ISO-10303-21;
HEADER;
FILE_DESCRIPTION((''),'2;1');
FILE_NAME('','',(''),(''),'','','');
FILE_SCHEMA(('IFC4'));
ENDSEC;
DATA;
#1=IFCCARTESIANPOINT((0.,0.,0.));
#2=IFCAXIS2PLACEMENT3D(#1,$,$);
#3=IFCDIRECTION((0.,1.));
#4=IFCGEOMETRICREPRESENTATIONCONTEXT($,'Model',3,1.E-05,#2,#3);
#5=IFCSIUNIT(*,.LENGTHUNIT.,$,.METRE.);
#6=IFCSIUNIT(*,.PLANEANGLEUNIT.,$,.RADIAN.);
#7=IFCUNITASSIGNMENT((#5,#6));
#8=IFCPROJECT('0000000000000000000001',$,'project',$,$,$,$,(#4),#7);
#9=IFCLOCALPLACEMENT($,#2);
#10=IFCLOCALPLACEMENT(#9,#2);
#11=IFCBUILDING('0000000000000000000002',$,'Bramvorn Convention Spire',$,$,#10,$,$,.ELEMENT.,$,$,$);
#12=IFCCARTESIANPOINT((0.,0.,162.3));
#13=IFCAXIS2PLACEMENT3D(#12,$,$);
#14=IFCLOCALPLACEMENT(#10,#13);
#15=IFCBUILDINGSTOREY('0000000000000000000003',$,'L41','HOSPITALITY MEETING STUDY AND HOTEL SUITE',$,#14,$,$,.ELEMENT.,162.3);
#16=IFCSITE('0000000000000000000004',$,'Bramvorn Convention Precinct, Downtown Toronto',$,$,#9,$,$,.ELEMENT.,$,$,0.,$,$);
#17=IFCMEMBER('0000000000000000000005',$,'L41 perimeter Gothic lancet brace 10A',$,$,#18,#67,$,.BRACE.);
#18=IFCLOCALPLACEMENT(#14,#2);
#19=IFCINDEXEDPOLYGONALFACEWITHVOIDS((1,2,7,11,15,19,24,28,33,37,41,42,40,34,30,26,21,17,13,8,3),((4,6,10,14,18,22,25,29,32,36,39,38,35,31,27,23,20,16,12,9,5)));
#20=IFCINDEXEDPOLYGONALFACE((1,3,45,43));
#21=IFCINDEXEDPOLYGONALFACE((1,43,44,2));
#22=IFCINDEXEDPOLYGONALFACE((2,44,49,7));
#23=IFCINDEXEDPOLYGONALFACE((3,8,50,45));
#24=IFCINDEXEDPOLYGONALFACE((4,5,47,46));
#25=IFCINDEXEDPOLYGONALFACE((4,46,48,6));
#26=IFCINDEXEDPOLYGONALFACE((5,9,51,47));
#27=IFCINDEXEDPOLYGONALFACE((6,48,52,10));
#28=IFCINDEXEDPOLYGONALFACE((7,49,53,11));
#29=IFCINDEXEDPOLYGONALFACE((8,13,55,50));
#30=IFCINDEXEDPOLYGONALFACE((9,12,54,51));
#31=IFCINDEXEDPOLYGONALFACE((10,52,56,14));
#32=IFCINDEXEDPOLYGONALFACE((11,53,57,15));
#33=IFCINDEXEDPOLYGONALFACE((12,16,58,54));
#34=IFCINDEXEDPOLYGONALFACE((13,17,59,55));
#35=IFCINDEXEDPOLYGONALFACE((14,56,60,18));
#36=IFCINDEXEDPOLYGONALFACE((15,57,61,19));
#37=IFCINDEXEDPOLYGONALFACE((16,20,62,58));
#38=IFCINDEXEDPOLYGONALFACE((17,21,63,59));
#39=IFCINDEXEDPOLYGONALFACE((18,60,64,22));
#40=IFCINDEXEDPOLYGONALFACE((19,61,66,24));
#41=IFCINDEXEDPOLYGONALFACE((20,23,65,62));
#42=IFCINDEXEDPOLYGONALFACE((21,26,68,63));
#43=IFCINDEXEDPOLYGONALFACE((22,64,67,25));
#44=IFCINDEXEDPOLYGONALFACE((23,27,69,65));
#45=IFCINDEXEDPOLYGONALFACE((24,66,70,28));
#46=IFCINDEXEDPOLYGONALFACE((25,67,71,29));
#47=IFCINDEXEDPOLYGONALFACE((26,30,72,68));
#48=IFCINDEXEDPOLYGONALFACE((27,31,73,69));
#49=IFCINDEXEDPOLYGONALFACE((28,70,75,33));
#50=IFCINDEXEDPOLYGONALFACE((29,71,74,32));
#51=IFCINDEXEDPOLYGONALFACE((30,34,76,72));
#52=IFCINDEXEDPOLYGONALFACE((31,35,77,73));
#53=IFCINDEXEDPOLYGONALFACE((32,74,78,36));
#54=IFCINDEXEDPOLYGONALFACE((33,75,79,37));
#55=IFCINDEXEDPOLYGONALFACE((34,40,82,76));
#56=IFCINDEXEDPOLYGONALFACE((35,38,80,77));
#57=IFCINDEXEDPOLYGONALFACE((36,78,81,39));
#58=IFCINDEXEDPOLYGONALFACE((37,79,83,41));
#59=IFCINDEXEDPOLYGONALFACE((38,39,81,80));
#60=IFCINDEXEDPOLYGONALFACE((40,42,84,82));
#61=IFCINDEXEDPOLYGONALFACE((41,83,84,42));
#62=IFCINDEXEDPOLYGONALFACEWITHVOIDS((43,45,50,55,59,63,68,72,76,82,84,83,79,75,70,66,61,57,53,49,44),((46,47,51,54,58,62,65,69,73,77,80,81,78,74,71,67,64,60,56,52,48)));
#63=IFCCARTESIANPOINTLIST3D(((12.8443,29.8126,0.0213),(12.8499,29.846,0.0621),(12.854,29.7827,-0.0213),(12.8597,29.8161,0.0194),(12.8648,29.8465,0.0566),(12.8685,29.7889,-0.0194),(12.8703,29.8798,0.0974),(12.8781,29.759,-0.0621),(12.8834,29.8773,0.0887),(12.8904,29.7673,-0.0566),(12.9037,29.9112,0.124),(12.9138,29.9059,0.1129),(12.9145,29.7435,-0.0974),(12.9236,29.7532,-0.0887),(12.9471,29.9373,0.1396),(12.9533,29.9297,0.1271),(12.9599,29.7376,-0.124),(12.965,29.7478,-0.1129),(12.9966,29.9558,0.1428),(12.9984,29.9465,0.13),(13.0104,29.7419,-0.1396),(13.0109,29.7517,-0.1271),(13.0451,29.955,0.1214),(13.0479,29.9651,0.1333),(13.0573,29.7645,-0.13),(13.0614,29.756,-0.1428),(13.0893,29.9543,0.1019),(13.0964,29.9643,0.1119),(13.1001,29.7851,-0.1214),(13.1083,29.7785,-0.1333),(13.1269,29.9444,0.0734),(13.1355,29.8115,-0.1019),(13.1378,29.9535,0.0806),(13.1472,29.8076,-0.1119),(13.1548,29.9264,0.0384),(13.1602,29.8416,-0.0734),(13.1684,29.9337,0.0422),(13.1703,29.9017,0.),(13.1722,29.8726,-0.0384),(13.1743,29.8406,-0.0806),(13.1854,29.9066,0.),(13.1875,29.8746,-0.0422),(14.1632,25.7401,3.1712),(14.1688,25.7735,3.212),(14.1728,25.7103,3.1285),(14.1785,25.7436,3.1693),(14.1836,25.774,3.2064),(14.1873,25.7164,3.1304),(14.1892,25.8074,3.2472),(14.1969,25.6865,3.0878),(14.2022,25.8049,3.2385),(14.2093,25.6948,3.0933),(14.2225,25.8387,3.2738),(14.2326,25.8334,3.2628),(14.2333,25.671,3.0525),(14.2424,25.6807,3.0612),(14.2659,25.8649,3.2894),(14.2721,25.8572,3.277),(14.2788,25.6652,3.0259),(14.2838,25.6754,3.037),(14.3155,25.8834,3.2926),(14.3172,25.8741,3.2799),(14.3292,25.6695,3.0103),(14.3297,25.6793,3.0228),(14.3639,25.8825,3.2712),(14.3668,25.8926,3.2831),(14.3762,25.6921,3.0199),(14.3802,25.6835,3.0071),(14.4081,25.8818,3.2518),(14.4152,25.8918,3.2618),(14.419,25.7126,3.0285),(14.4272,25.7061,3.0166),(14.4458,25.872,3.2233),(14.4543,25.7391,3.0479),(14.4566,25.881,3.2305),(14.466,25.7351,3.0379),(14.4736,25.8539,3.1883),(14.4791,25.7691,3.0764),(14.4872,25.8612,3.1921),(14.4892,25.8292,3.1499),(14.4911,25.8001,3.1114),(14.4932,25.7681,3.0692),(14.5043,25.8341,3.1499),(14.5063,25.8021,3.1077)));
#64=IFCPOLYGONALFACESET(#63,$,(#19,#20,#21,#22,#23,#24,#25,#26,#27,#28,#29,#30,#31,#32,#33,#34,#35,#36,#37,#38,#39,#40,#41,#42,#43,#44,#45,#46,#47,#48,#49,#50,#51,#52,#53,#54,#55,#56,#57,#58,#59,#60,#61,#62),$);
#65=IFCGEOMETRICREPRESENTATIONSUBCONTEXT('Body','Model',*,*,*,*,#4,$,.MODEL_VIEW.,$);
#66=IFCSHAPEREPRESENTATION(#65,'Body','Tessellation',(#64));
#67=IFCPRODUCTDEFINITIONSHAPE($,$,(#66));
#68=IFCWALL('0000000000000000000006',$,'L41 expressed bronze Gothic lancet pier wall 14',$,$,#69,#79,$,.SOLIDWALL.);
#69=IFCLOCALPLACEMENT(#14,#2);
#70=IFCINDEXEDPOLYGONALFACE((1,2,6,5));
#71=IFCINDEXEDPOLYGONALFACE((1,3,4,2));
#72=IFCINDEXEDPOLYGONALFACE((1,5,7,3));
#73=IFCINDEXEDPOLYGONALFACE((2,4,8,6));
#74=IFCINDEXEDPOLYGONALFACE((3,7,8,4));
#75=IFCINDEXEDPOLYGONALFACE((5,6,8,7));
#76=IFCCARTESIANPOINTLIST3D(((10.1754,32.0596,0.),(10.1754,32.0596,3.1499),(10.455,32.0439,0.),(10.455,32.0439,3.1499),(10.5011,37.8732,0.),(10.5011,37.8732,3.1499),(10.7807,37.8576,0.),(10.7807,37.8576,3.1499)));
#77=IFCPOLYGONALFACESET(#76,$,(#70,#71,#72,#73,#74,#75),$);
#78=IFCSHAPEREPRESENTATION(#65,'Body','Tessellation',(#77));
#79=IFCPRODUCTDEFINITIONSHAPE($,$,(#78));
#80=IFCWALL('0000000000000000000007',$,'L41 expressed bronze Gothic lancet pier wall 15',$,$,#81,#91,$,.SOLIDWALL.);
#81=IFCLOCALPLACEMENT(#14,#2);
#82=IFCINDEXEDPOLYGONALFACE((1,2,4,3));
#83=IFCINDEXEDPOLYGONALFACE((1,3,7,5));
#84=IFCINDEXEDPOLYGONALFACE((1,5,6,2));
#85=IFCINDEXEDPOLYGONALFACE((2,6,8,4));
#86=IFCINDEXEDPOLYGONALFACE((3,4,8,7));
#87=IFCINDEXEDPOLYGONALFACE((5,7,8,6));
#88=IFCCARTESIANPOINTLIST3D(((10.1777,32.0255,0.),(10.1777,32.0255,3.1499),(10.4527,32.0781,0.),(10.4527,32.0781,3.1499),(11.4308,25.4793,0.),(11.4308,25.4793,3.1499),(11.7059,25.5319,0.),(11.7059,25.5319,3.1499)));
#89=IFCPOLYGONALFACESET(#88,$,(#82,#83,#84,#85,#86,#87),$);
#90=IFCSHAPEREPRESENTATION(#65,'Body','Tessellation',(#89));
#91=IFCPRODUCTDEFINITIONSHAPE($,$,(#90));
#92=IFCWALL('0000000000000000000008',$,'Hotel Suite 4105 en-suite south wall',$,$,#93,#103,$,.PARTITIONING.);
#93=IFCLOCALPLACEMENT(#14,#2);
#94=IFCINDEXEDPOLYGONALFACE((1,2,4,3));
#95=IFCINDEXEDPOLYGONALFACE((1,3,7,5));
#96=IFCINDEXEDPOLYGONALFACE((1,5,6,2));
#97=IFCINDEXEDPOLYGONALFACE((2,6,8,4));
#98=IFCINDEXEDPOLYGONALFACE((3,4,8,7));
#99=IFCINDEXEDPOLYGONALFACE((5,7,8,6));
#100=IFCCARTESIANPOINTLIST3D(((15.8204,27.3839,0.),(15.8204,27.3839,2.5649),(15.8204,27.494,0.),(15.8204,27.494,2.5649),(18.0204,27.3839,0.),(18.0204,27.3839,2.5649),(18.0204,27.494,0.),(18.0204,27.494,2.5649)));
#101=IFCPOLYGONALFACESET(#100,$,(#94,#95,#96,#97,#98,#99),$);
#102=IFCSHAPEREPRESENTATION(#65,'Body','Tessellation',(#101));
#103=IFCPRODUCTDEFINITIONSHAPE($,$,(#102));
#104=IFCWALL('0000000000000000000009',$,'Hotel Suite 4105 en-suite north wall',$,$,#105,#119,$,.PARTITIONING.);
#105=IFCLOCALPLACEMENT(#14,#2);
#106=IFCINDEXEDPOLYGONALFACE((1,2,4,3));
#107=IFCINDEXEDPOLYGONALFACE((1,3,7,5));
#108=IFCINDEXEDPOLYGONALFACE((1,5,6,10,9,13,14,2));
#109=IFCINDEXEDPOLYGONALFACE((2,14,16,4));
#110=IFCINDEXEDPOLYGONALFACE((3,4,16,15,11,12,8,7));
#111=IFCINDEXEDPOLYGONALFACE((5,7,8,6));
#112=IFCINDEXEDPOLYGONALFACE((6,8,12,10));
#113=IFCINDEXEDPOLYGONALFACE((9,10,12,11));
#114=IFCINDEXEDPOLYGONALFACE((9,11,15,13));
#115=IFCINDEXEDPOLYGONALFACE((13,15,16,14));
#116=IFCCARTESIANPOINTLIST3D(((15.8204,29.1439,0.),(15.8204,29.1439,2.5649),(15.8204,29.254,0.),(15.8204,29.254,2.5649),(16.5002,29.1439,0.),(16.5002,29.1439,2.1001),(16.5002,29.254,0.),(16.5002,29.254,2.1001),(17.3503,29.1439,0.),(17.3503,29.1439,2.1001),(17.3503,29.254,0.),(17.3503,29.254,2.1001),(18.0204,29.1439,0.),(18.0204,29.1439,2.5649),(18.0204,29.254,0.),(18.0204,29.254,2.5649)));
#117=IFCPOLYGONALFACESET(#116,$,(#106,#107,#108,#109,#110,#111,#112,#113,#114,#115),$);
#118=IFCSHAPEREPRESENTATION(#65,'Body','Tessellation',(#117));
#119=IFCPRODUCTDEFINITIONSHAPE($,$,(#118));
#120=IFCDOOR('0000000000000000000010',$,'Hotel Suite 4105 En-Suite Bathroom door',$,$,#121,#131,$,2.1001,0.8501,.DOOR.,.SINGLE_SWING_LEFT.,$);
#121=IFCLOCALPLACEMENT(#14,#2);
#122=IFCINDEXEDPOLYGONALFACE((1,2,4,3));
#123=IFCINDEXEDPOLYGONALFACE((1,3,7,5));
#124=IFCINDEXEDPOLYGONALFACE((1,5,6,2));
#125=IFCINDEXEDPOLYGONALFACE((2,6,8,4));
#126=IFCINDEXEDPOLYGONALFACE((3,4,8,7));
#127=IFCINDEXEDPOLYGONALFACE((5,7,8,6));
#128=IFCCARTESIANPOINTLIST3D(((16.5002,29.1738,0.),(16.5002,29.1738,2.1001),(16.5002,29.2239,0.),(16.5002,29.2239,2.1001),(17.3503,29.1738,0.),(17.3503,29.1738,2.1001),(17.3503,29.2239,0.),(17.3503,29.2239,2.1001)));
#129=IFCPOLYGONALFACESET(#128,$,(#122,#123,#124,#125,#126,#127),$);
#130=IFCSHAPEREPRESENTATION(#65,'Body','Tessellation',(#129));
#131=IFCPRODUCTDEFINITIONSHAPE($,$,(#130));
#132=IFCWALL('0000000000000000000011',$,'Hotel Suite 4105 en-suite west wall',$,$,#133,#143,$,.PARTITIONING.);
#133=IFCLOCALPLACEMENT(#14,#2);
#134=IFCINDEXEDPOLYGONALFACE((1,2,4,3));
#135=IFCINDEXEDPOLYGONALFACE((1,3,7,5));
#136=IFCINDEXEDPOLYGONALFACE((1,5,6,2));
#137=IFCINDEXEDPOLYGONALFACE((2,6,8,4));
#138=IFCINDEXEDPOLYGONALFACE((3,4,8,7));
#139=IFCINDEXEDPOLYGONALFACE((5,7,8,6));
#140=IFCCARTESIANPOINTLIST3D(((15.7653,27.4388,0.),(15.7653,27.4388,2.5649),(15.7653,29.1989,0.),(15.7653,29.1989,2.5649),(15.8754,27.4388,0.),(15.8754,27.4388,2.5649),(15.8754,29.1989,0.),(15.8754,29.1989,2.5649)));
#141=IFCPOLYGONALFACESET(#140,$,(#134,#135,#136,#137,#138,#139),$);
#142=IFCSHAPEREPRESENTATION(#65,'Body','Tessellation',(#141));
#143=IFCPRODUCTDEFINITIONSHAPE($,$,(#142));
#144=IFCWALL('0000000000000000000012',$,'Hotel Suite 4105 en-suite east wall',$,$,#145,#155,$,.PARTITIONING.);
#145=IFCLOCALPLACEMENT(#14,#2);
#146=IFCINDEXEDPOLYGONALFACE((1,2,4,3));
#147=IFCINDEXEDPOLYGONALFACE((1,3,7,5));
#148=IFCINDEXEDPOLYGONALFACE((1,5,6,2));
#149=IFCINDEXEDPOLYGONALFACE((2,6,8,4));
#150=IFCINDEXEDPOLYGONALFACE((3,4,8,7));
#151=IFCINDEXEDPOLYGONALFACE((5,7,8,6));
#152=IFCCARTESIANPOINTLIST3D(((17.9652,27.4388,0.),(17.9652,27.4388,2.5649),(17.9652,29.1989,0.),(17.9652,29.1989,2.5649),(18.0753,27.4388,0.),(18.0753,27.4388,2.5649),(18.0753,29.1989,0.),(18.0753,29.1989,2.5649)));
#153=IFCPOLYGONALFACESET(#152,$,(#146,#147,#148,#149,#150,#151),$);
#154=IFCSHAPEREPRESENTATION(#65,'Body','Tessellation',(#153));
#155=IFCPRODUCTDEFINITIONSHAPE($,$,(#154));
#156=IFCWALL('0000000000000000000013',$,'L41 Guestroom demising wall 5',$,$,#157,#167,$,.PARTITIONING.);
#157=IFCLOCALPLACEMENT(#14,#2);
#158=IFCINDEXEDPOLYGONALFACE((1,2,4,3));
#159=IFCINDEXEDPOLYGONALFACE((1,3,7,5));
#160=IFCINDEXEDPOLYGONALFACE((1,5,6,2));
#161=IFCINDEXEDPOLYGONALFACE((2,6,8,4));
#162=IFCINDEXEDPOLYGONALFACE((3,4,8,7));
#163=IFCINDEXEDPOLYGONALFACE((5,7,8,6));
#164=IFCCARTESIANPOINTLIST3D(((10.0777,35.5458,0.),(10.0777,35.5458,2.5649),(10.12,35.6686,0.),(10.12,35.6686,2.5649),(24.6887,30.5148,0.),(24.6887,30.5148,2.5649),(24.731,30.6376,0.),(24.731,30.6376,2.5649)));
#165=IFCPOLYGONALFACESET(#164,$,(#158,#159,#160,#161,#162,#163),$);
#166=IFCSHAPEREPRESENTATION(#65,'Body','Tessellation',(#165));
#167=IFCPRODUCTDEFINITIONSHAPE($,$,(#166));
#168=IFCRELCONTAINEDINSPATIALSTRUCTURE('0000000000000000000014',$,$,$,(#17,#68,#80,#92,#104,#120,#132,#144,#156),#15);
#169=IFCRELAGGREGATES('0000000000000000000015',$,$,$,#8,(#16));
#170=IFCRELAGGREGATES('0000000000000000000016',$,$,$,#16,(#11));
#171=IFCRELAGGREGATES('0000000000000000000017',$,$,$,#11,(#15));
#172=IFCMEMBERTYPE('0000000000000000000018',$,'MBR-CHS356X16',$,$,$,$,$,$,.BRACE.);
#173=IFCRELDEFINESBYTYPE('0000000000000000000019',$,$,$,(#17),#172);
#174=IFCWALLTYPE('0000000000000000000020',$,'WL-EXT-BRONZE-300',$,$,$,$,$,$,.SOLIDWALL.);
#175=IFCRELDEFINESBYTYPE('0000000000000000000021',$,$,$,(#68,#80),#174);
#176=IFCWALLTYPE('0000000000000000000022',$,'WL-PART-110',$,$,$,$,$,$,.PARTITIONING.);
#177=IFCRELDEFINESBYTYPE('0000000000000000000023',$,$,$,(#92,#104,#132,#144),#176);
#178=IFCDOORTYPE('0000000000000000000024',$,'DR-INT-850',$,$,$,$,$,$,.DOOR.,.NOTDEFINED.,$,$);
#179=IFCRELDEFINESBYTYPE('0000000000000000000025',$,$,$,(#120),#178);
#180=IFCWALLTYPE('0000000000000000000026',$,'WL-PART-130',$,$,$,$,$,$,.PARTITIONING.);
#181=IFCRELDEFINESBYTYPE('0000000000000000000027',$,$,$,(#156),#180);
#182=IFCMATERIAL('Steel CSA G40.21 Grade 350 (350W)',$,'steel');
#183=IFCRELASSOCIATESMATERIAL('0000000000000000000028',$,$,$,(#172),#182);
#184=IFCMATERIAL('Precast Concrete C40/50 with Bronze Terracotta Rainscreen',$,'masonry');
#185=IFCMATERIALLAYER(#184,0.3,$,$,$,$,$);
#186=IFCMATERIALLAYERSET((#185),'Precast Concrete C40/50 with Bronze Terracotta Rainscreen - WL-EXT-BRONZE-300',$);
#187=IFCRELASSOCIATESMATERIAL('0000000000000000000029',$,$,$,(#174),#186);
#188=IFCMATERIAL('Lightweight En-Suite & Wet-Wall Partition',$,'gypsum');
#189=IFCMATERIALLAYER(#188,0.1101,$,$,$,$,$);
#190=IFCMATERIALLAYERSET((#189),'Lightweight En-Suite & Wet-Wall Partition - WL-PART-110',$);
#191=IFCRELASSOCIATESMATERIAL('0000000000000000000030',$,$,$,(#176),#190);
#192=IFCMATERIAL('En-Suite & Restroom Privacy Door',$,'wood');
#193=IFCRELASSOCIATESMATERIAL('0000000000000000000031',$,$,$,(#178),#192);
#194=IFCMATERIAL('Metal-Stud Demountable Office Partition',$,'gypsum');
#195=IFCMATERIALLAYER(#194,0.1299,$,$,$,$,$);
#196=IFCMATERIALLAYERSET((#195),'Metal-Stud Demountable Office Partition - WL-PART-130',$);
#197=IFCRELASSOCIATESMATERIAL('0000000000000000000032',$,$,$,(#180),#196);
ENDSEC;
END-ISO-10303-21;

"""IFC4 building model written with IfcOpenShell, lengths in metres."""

from ifc_helpers import new_model, si_unit, direction, frame, frame_2d, origin, origin_2d, place, context, subcontext, project, spatial, rectangle, hollow_circle, extrude, material, layer, layer_set, material_profile, profile_set, type_object, element, fill, save


model = new_model("IFC4")

# Units and contexts
model_context = context("Model", 3, precision=1e-05, world=origin(), true_north=direction((0.0, 1.0)))
body_context = subcontext(model_context, "Body", "Model", "MODEL_VIEW")
ifc_project = project(units=[si_unit("LENGTHUNIT", "METRE"), si_unit("PLANEANGLEUNIT", "RADIAN")], contexts=[model_context])

# Site, building, storey
site_placement = place(None, origin())
site = spatial("IfcSite", under=ifc_project, at=site_placement, Name="Bramvorn Convention Precinct, Downtown Toronto", CompositionType="ELEMENT", RefElevation=0.0)
building_placement = place(site_placement, origin())
building = spatial("IfcBuilding", under=site, at=building_placement, Name="Bramvorn Convention Spire", CompositionType="ELEMENT")
storey_placement = place(building_placement, frame((0.0, 0.0, 162.3)))
storey = spatial("IfcBuildingStorey", under=building, at=storey_placement, Name="L41", Description="HOSPITALITY MEETING STUDY AND HOTEL SUITE", CompositionType="ELEMENT", Elevation=162.3)

# Shared definitions
ifc_material_1 = material(Name="Steel CSA G40.21 Grade 350 (350W)", Category="steel")

# Member
ifc_material_profile_1 = material_profile(ifc_material_1, hollow_circle(Radius=0.1777, WallThickness=0.0159, at=origin_2d()))
ifc_profile_set_1 = profile_set([ifc_material_profile_1], Name="Steel CSA G40.21 Grade 350 (350W) - CHS356X16")
member_type = type_object("IfcMemberType", Name="MBR-CHS356X16", PredefinedType="BRACE", material=ifc_profile_set_1)
member_placement = place(storey_placement, frame((13.0164, 29.8518, 0.0), z_axis=(0.248149, -0.766265, 0.592672), x_axis=(0.951358, 0.308089, 0.0)))
element("IfcMember", 1, at=member_placement, inside=storey, type_object=member_type, Name="L41 perimeter Gothic lancet brace 10A", PredefinedType="BRACE", context=body_context, shape_type="SweptSolid", body=[
    extrude(hollow_circle(Radius=0.1777, WallThickness=0.0159, at=origin_2d()), origin(), (0.0, 0.0, 1.0), 5.3147),
])

# Walls
ifc_material_2 = material(Name="Precast Concrete C40/50 with Bronze Terracotta Rainscreen", Category="masonry")
ifc_layer_1 = layer(ifc_material_2, 0.3)
ifc_layer_set_1 = layer_set([ifc_layer_1], Name="Precast Concrete C40/50 with Bronze Terracotta Rainscreen - WL-EXT-BRONZE-300")
wall_type_1 = type_object("IfcWallType", Name="WL-EXT-BRONZE-300", PredefinedType="SOLIDWALL", material=ifc_layer_set_1)
wall_1_placement = place(storey_placement, frame((10.3152, 32.0518, 0.0), z_axis=(0.0, 0.0, 1.0), x_axis=(0.055932, 0.998435, 0.0)))
element("IfcWall", 2, at=wall_1_placement, inside=storey, type_object=wall_type_1, Name="L41 expressed bronze Gothic lancet pier wall 14", PredefinedType="SOLIDWALL", context=body_context, shape_type="SweptSolid", body=[
    extrude(rectangle(XDim=5.8228, YDim=0.28, at=frame_2d((2.9114, 0.0))), origin(), (0.0, 0.0, 1.0), 3.1499),
])
wall_2_placement = place(storey_placement, frame((11.5684, 25.5056, 0.0), z_axis=(0.0, 0.0, 1.0), x_axis=(-0.188023, 0.982165, 0.0)))
element("IfcWall", 3, at=wall_2_placement, inside=storey, type_object=wall_type_1, Name="L41 expressed bronze Gothic lancet pier wall 15", PredefinedType="SOLIDWALL", context=body_context, shape_type="SweptSolid", body=[
    extrude(rectangle(XDim=6.665, YDim=0.28, at=frame_2d((3.3325, 0.0))), origin(), (0.0, 0.0, 1.0), 3.1499),
])
ifc_material_3 = material(Name="Lightweight En-Suite & Wet-Wall Partition", Category="gypsum")
ifc_layer_2 = layer(ifc_material_3, 0.1101)
ifc_layer_set_2 = layer_set([ifc_layer_2], Name="Lightweight En-Suite & Wet-Wall Partition - WL-PART-110")
wall_type_2 = type_object("IfcWallType", Name="WL-PART-110", PredefinedType="PARTITIONING", material=ifc_layer_set_2)
wall_3_placement = place(storey_placement, frame((15.8203, 27.439, 0.0), z_axis=(0.0, 0.0, 1.0), x_axis=(1.0, 0.0, 0.0)))
element("IfcWall", 4, at=wall_3_placement, inside=storey, type_object=wall_type_2, Name="Hotel Suite 4105 en-suite south wall", PredefinedType="PARTITIONING", context=body_context, shape_type="SweptSolid", body=[
    extrude(rectangle(XDim=2.2, YDim=0.1101, at=frame_2d((1.1001, 0.0))), origin(), (0.0, 0.0, 1.0), 2.5649),
])

# Wall, opening, door
wall_4_placement = place(storey_placement, frame((15.8203, 29.199, 0.0), z_axis=(0.0, 0.0, 1.0), x_axis=(1.0, 0.0, 0.0)))
wall_4 = element("IfcWall", 5, at=wall_4_placement, inside=storey, type_object=wall_type_2, Name="Hotel Suite 4105 en-suite north wall", PredefinedType="PARTITIONING", context=body_context, shape_type="SweptSolid", body=[
    extrude(rectangle(XDim=2.2, YDim=0.1101, at=frame_2d((1.1001, 0.0))), origin(), (0.0, 0.0, 1.0), 2.5649),
])
opening_1_placement = place(wall_4_placement, frame((0.6799, 0.0, 0.0)))
opening_1 = element("IfcOpeningElement", 6, at=opening_1_placement, cuts=wall_4, PredefinedType="OPENING", context=body_context, shape_type="SweptSolid", body=[
    extrude(rectangle(XDim=0.8501, YDim=2.1001, at=frame_2d((0.425, 1.05))), frame((0.0, 0.0649, 0.0), z_axis=(0.0, -1.0, 0.0), x_axis=(1.0, 0.0, 0.0)), (0.0, 0.0, 1.0), 0.1301),
])
ifc_material_4 = material(Name="En-Suite & Restroom Privacy Door", Category="wood")
door_type_1 = type_object("IfcDoorType", Name="DR-INT-850", OperationType="NOTDEFINED", PredefinedType="DOOR", material=ifc_material_4)
door_1_placement = place(opening_1_placement, origin())
door_1 = element("IfcDoor", 7, at=door_1_placement, inside=storey, type_object=door_type_1, Name="Hotel Suite 4105 En-Suite Bathroom door", OperationType="SINGLE_SWING_LEFT", OverallHeight=2.1001, OverallWidth=0.8501, PredefinedType="DOOR", context=body_context, shape_type="SweptSolid", body=[
    extrude(rectangle(XDim=0.8501, YDim=2.1001, at=frame_2d((0.425, 1.05))), frame((0.0, 0.0249, 0.0), z_axis=(0.0, -1.0, 0.0), x_axis=(1.0, 0.0, 0.0)), (0.0, 0.0, 1.0), 0.05),
])
fill(opening_1, door_1)

# Walls
for number, where, z_axis, x_axis, name in (
    (8, (15.8203, 27.439, 0.0), (0.0, 0.0, 1.0), (0.0, 1.0, 0.0), "Hotel Suite 4105 en-suite west wall"),
    (9, (18.0203, 27.439, 0.0), (0.0, 0.0, 1.0), (0.0, 1.0, 0.0), "Hotel Suite 4105 en-suite east wall"),
):
    element("IfcWall", number, at=place(storey_placement, frame(where, z_axis=z_axis, x_axis=x_axis)), inside=storey, type_object=wall_type_2, Name=name, PredefinedType="PARTITIONING", context=body_context, shape_type="SweptSolid", body=[
        extrude(rectangle(XDim=1.76, YDim=0.1101, at=frame_2d((0.8799, 0.0))), origin(), (0.0, 0.0, 1.0), 2.5649),
    ])
ifc_material_5 = material(Name="Metal-Stud Demountable Office Partition", Category="gypsum")
ifc_layer_3 = layer(ifc_material_5, 0.1299)
ifc_layer_set_3 = layer_set([ifc_layer_3], Name="Metal-Stud Demountable Office Partition - WL-PART-130")
wall_type_3 = type_object("IfcWallType", Name="WL-PART-130", PredefinedType="PARTITIONING", material=ifc_layer_set_3)
wall_5_placement = place(storey_placement, frame((24.71, 30.5762, 0.0), z_axis=(0.0, 0.0, 1.0), x_axis=(-0.945518, 0.325569, 0.0)))
element("IfcWall", 10, at=wall_5_placement, inside=storey, type_object=wall_type_3, Name="L41 Guestroom demising wall 5", PredefinedType="PARTITIONING", context=body_context, shape_type="SweptSolid", body=[
    extrude(rectangle(XDim=15.4529, YDim=0.1299, at=frame_2d((7.7266, 0.0))), origin(), (0.0, 0.0, 1.0), 2.5649),
])

save(model, "model.ifc")
